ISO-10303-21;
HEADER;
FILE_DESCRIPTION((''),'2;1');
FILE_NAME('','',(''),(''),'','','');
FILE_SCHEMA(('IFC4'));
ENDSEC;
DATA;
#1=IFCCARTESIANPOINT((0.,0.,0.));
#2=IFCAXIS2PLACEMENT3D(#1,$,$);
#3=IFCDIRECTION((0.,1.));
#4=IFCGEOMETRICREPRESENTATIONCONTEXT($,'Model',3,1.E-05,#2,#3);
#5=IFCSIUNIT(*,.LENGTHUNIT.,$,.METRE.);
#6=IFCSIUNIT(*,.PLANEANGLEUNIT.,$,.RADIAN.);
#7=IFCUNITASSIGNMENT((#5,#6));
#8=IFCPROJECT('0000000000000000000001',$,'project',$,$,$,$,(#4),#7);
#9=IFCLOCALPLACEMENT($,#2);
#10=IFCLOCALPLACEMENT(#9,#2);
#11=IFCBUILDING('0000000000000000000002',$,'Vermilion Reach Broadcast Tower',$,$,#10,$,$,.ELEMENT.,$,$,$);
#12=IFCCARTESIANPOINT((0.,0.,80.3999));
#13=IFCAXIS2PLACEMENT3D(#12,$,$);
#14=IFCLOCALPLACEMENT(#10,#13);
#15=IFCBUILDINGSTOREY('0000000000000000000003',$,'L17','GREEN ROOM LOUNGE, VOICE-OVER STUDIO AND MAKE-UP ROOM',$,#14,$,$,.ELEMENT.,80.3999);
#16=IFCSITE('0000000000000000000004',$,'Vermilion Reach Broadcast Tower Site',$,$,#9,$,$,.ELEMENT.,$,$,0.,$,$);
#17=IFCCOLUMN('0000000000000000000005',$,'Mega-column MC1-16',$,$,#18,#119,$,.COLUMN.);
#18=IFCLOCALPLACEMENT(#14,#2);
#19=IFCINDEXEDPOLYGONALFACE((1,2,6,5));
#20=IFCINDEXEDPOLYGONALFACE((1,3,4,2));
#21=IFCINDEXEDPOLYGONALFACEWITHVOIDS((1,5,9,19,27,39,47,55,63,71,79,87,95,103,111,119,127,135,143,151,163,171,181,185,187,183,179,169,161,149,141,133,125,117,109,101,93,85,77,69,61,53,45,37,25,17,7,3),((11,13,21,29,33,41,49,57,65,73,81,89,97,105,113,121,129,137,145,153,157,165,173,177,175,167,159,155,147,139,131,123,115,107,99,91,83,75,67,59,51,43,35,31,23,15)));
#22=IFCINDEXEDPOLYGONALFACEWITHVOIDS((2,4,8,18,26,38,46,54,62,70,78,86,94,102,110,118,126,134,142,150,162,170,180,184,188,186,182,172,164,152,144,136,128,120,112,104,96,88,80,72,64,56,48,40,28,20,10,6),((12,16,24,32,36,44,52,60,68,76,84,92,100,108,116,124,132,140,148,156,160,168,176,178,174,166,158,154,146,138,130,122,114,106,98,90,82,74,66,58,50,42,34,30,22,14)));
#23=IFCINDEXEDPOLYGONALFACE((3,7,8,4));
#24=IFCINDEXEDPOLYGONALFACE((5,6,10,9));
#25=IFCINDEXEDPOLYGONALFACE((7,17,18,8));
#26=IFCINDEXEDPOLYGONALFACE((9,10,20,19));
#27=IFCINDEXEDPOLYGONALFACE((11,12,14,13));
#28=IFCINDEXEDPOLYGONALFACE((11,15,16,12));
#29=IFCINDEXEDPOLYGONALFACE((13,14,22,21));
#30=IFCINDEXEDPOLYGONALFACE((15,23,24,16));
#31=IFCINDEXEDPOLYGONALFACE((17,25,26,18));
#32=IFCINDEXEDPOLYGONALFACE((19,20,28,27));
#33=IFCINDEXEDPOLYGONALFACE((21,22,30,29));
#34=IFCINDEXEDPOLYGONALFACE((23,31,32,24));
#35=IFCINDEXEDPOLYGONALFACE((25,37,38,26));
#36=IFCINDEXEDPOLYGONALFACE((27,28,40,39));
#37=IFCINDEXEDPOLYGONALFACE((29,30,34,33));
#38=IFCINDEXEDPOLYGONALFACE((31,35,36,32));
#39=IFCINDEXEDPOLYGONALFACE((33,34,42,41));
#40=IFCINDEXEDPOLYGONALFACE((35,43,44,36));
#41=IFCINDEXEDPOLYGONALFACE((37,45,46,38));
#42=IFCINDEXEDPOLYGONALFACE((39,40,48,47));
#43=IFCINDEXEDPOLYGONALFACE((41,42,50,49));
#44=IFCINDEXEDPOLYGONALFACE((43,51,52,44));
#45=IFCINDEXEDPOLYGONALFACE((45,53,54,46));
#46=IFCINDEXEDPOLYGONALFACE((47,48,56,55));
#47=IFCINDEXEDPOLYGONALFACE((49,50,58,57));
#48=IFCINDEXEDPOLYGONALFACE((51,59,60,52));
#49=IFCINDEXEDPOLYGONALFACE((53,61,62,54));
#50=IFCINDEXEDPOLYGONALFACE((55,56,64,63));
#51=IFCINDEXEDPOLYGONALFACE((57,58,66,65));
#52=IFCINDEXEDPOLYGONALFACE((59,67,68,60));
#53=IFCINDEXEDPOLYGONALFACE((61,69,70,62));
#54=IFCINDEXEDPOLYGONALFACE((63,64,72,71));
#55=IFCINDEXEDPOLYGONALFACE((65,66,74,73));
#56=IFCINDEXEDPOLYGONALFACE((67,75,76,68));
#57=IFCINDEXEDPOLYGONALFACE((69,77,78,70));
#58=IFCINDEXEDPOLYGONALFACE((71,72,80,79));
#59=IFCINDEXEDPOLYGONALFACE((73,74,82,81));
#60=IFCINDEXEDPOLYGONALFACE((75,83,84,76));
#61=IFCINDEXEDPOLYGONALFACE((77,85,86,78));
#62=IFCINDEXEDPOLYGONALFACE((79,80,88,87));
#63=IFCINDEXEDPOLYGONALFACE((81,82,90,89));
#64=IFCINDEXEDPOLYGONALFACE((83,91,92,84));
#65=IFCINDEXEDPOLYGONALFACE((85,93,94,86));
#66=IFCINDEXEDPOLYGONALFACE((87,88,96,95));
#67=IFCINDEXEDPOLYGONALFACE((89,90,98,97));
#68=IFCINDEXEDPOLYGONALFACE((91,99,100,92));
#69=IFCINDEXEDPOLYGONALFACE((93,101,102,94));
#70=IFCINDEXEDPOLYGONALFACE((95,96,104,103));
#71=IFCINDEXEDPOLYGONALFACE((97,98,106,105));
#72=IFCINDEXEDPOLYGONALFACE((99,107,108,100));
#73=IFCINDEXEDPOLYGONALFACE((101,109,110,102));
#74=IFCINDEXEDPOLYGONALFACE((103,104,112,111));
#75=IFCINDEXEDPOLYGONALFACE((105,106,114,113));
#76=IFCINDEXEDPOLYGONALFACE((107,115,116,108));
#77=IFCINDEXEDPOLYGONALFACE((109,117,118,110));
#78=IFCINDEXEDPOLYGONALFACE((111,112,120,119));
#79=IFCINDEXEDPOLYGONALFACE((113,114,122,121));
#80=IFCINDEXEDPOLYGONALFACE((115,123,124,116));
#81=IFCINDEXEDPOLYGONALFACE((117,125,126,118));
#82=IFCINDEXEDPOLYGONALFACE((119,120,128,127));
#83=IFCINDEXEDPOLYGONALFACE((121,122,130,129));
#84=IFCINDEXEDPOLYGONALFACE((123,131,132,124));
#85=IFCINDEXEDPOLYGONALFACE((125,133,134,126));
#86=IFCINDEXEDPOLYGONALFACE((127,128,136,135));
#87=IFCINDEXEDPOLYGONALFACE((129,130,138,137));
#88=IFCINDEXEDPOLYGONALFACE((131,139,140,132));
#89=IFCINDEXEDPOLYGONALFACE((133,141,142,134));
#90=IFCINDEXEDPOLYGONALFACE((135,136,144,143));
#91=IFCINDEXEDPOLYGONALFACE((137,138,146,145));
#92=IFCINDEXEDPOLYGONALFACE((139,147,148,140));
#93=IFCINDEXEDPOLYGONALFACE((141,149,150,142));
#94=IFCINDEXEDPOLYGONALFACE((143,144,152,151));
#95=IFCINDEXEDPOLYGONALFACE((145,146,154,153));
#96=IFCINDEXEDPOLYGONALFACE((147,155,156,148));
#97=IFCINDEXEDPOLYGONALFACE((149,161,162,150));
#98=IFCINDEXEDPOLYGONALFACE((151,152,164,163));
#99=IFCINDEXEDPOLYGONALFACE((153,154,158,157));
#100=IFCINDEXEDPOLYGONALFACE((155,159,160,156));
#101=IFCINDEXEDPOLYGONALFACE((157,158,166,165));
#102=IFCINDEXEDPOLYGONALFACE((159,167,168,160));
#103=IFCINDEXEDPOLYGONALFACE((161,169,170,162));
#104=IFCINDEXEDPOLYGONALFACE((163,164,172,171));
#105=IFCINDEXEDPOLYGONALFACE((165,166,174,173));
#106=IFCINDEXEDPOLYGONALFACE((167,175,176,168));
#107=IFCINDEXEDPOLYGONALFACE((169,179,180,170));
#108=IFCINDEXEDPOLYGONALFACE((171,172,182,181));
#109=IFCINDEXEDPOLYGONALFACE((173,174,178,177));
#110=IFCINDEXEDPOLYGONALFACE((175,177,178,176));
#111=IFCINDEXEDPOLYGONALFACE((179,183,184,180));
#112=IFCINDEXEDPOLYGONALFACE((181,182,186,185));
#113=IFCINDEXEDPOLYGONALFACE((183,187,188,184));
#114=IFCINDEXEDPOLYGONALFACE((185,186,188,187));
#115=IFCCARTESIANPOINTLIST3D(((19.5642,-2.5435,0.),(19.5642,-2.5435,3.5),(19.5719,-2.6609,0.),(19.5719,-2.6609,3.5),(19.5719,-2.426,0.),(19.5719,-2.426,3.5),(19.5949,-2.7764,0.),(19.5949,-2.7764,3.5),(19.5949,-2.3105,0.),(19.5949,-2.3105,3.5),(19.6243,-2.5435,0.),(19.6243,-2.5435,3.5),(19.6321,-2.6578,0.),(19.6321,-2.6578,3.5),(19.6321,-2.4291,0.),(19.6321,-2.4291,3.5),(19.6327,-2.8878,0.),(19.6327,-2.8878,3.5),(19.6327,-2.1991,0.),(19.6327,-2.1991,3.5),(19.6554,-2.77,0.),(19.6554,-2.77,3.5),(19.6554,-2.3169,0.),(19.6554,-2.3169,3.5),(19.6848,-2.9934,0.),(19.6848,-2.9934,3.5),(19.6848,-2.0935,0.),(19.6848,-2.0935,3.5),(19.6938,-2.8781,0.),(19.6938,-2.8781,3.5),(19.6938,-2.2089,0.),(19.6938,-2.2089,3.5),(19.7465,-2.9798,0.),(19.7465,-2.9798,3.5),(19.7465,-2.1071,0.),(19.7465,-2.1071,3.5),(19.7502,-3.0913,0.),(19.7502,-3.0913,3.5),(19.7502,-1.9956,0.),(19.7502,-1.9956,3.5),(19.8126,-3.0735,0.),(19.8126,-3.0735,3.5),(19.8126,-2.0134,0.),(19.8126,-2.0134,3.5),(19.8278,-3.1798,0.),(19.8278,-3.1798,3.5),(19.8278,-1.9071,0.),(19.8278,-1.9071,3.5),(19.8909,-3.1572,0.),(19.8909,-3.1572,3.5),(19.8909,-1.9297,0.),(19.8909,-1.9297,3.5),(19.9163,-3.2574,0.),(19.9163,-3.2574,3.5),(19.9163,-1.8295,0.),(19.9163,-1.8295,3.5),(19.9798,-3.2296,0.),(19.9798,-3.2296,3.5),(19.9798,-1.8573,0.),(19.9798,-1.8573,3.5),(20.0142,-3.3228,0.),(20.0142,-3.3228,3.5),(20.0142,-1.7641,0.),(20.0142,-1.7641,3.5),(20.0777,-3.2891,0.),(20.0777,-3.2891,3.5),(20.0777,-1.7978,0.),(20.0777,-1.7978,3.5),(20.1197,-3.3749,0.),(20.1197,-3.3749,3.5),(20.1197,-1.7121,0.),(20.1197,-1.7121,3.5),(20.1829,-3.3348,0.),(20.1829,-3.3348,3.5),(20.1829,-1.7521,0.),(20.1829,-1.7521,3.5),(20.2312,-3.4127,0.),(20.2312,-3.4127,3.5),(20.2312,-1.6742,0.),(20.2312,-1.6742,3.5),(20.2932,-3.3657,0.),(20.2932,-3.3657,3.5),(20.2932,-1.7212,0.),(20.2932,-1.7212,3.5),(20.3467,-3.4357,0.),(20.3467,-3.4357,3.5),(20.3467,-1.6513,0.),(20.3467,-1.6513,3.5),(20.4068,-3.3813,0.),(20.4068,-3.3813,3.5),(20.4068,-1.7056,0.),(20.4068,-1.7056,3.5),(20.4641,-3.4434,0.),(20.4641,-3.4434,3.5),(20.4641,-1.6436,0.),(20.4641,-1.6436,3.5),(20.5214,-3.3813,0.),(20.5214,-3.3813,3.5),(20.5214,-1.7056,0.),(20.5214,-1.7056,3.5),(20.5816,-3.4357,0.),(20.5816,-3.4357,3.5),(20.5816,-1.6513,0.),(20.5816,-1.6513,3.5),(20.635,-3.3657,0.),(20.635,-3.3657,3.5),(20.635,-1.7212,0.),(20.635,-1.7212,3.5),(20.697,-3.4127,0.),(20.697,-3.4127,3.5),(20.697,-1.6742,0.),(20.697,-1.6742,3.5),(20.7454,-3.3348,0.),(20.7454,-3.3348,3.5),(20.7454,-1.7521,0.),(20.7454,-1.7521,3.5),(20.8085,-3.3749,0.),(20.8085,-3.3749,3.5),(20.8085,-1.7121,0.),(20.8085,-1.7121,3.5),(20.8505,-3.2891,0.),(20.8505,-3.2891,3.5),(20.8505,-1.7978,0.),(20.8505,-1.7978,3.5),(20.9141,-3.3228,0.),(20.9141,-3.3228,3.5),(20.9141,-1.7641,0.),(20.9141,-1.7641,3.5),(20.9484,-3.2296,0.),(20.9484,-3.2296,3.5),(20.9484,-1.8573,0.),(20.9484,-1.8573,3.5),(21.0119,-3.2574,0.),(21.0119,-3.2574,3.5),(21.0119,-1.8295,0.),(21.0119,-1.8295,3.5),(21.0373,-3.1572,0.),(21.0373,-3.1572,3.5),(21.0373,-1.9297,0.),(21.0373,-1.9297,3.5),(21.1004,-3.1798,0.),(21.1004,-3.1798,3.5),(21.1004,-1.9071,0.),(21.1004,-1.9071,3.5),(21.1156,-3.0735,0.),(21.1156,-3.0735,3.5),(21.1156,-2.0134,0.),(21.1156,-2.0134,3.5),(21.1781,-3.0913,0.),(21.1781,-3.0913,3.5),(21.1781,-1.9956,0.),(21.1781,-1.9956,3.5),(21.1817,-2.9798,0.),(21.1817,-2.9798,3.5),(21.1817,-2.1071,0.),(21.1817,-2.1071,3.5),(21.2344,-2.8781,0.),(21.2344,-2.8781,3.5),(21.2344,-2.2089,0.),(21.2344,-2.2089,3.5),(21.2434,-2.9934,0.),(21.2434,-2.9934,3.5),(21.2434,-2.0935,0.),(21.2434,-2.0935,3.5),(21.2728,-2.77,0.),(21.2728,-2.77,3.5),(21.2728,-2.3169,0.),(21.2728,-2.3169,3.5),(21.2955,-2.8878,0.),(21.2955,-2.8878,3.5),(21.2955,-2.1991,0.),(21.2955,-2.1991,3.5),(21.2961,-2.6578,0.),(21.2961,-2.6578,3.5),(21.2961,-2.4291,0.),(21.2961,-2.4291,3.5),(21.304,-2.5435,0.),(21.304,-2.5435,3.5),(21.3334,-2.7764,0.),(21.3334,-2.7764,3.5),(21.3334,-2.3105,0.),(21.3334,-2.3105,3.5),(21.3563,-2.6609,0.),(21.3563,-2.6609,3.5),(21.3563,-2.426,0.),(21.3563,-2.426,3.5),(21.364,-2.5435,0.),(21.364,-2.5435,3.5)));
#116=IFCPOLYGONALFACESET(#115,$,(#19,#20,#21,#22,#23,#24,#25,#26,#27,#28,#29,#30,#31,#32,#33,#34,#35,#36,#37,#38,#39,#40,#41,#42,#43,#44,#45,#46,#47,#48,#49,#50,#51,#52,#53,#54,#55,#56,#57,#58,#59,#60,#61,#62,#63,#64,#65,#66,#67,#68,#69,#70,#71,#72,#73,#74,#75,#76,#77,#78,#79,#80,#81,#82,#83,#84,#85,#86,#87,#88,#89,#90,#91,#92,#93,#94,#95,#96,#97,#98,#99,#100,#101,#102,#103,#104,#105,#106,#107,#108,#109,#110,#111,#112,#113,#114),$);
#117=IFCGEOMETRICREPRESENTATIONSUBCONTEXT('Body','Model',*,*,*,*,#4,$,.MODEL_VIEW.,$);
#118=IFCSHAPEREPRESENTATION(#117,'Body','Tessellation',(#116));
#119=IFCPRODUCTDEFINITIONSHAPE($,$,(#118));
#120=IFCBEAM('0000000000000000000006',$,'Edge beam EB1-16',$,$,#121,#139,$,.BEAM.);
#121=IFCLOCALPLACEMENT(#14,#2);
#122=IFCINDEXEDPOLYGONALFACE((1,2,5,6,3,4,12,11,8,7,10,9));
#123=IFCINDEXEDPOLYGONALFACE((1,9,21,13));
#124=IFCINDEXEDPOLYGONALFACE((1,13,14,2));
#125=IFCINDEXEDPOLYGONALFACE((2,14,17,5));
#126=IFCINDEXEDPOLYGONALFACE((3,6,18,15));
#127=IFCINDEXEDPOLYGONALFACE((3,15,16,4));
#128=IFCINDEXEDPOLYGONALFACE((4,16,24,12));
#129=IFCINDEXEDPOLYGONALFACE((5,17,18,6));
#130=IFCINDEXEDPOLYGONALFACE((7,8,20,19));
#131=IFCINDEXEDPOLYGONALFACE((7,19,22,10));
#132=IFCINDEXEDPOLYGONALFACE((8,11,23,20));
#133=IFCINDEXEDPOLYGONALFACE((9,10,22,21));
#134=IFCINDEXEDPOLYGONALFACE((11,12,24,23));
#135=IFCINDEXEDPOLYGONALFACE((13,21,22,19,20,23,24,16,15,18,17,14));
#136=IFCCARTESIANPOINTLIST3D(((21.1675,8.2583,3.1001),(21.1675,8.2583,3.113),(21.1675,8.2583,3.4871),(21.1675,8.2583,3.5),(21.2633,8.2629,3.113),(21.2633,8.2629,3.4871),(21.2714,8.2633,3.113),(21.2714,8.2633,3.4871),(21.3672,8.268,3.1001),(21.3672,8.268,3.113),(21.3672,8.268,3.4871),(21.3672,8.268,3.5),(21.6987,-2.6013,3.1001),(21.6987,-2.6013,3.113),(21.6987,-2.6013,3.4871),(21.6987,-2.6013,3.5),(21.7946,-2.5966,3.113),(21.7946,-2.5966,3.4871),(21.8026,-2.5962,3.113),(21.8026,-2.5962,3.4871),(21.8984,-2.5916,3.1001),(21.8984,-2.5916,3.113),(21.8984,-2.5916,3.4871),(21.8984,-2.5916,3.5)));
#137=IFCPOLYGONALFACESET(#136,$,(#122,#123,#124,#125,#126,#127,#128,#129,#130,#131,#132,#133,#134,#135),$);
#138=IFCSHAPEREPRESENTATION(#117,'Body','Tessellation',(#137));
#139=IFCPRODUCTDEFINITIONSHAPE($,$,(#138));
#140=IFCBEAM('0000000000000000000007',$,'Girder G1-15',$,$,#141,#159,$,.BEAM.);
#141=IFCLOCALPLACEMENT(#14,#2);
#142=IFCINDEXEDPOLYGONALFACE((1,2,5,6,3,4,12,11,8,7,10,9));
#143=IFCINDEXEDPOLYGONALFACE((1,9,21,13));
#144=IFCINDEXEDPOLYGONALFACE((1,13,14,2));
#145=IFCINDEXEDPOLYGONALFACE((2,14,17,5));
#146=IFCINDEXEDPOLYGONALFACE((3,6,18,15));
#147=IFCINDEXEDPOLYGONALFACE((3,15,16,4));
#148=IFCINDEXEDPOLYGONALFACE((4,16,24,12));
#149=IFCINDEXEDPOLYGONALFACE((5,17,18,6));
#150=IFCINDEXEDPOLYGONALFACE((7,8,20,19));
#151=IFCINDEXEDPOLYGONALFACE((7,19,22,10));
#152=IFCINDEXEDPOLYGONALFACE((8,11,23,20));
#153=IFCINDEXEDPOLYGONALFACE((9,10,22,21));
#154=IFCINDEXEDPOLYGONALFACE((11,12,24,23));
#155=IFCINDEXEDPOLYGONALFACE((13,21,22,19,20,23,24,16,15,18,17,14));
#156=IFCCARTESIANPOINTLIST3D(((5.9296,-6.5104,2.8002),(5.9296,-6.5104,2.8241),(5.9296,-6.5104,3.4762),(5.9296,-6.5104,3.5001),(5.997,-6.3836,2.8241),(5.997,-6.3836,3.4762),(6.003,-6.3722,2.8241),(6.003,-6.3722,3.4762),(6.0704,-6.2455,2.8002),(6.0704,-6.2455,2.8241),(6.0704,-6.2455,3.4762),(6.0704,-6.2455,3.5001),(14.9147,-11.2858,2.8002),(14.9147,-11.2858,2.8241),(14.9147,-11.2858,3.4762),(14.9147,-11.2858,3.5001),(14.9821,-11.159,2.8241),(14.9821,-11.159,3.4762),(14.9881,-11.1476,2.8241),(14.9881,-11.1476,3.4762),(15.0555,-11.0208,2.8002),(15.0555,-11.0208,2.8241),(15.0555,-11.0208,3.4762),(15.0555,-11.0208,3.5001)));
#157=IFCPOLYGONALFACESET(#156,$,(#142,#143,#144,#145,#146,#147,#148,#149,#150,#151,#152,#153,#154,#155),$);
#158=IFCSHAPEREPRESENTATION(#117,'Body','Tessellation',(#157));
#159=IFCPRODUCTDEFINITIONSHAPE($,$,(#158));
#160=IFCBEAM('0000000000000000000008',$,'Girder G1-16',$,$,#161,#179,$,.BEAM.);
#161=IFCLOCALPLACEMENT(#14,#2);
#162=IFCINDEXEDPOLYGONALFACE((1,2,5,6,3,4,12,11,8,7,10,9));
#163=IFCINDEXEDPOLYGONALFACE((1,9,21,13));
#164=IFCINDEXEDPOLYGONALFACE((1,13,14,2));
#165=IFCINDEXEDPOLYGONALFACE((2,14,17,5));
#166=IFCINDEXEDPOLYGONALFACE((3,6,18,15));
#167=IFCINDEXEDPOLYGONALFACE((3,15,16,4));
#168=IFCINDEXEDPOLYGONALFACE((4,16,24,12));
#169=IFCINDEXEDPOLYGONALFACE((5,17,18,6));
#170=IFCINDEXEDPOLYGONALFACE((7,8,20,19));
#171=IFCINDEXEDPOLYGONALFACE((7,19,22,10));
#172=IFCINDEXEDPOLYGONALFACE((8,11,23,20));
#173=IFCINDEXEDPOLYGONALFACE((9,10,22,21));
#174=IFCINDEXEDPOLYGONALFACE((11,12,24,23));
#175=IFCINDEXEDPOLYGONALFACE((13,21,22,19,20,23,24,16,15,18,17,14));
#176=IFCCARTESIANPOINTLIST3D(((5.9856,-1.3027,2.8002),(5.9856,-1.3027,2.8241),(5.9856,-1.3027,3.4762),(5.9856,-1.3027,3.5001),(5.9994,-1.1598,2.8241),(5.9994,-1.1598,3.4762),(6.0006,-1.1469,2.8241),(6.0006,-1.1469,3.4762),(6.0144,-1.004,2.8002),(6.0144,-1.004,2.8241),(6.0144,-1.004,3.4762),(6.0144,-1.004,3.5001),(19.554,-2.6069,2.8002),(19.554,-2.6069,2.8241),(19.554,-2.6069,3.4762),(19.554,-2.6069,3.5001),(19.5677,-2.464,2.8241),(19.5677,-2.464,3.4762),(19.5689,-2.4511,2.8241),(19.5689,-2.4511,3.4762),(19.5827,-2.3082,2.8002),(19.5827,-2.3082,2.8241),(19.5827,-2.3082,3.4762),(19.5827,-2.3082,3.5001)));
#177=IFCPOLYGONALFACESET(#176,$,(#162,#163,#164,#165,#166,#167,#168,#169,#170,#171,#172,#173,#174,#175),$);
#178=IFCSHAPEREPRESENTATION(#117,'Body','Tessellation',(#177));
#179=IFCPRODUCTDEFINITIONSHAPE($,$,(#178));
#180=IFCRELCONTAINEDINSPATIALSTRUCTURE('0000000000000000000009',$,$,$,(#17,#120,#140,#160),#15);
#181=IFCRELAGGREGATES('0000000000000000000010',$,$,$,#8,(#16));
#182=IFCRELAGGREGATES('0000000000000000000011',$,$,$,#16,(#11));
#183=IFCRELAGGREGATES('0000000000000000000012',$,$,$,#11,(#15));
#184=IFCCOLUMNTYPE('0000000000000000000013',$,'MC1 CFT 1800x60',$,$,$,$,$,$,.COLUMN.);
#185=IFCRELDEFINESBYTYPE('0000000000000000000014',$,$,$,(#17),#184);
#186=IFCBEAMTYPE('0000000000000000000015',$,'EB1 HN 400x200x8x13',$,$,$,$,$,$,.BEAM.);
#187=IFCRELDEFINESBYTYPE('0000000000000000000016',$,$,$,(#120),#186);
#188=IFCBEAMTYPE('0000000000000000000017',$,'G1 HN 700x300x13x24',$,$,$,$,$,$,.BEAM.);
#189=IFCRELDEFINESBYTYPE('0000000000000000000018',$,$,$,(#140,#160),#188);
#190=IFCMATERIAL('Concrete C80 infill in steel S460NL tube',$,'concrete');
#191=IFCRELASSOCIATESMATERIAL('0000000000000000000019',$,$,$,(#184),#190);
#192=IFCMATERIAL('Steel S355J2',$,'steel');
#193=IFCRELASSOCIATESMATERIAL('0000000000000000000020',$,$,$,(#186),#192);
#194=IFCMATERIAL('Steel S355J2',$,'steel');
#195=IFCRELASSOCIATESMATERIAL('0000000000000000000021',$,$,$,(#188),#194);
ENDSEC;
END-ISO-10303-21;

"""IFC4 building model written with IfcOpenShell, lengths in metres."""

from ifc_helpers import new_model, si_unit, direction, frame, origin, origin_2d, place, context, subcontext, project, spatial, hollow_circle, i_section, extrude, material, material_profile, profile_set, type_object, element, save


model = new_model("IFC4")

# Units and contexts
model_context = context("Model", 3, precision=1e-05, world=origin(), true_north=direction((0.0, 1.0)))
body_context = subcontext(model_context, "Body", "Model", "MODEL_VIEW")
ifc_project = project(units=[si_unit("LENGTHUNIT", "METRE"), si_unit("PLANEANGLEUNIT", "RADIAN")], contexts=[model_context])

# Site, building, storey
site_placement = place(None, origin())
site = spatial("IfcSite", under=ifc_project, at=site_placement, Name="Vermilion Reach Broadcast Tower Site", CompositionType="ELEMENT", RefElevation=0.0)
building_placement = place(site_placement, origin())
building = spatial("IfcBuilding", under=site, at=building_placement, Name="Vermilion Reach Broadcast Tower", CompositionType="ELEMENT")
storey_placement = place(building_placement, frame((0.0, 0.0, 80.3999)))
storey = spatial("IfcBuildingStorey", under=building, at=storey_placement, Name="L17", Description="GREEN ROOM LOUNGE, VOICE-OVER STUDIO AND MAKE-UP ROOM", CompositionType="ELEMENT", Elevation=80.3999)

# Column
ifc_material_1 = material(Name="Concrete C80 infill in steel S460NL tube", Category="concrete")
ifc_material_profile_1 = material_profile(ifc_material_1, hollow_circle(Radius=0.8999, WallThickness=0.0601, at=origin_2d()), Name="Concrete C80 infill in steel S460NL tube CFT 1800x60")
ifc_profile_set_1 = profile_set([ifc_material_profile_1], Name="Concrete C80 infill in steel S460NL tube")
column_type = type_object("IfcColumnType", Name="MC1 CFT 1800x60", PredefinedType="COLUMN", material=ifc_profile_set_1)
column_placement = place(storey_placement, frame((20.4641, -2.5435, 0.0), z_axis=(0.0, 0.0, 1.0), x_axis=(1.0, 0.0, 0.0)))
element("IfcColumn", 1, at=column_placement, inside=storey, type_object=column_type, Name="Mega-column MC1-16", PredefinedType="COLUMN", context=body_context, shape_type="SweptSolid", body=[
    extrude(hollow_circle(Radius=0.8999, WallThickness=0.0601, at=origin_2d()), origin(), (0.0, 0.0, 1.0), 3.5),
])

# Beams
ifc_material_2 = material(Name="Steel S355J2", Category="steel")
ifc_material_profile_2 = material_profile(ifc_material_2, i_section(OverallWidth=0.2, OverallDepth=0.3999, WebThickness=0.0081, FlangeThickness=0.0129, at=origin_2d()), Name="S355J2 HN 400x200x8x13")
ifc_profile_set_2 = profile_set([ifc_material_profile_2], Name="Steel S355J2")
beam_type_1 = type_object("IfcBeamType", Name="EB1 HN 400x200x8x13", PredefinedType="BEAM", material=ifc_profile_set_2)
beam_1_placement = place(storey_placement, frame((21.7986, -2.5964, 3.3), z_axis=(-0.048861, 0.998806, 0.0), x_axis=(-0.998806, -0.048861, 0.0)))
element("IfcBeam", 2, at=beam_1_placement, inside=storey, type_object=beam_type_1, Name="Edge beam EB1-16", PredefinedType="BEAM", context=body_context, shape_type="SweptSolid", body=[
    extrude(i_section(OverallWidth=0.2, OverallDepth=0.3999, WebThickness=0.0081, FlangeThickness=0.0129, at=origin_2d()), origin(), (0.0, 0.0, 1.0), 10.8726),
])
ifc_material_3 = material(Name="Steel S355J2", Category="steel")
ifc_material_profile_3 = material_profile(ifc_material_3, i_section(OverallWidth=0.3, OverallDepth=0.7, WebThickness=0.0129, FlangeThickness=0.0239, at=origin_2d()), Name="S355J2 HN 700x300x13x24")
ifc_profile_set_3 = profile_set([ifc_material_profile_3], Name="Steel S355J2")
beam_type_2 = type_object("IfcBeamType", Name="G1 HN 700x300x13x24", PredefinedType="BEAM", material=ifc_profile_set_3)
beam_2_placement = place(storey_placement, frame((6.0, -6.3779, 3.1501), z_axis=(0.883032, -0.469313, 0.0), x_axis=(0.469313, 0.883032, 0.0)))
element("IfcBeam", 3, at=beam_2_placement, inside=storey, type_object=beam_type_2, Name="Girder G1-15", PredefinedType="BEAM", context=body_context, shape_type="SweptSolid", body=[
    extrude(i_section(OverallWidth=0.3, OverallDepth=0.7, WebThickness=0.0129, FlangeThickness=0.0239, at=origin_2d()), origin(), (0.0, 0.0, 1.0), 10.1753),
])
beam_3_placement = place(storey_placement, frame((6.0, -1.1533, 3.1501), z_axis=(0.995412, -0.09568, 0.0), x_axis=(0.09568, 0.995412, 0.0)))
element("IfcBeam", 4, at=beam_3_placement, inside=storey, type_object=beam_type_2, Name="Girder G1-16", PredefinedType="BEAM", context=body_context, shape_type="SweptSolid", body=[
    extrude(i_section(OverallWidth=0.3, OverallDepth=0.7, WebThickness=0.0129, FlangeThickness=0.0239, at=origin_2d()), origin(), (0.0, 0.0, 1.0), 13.6309),
])

save(model, "model.ifc")
